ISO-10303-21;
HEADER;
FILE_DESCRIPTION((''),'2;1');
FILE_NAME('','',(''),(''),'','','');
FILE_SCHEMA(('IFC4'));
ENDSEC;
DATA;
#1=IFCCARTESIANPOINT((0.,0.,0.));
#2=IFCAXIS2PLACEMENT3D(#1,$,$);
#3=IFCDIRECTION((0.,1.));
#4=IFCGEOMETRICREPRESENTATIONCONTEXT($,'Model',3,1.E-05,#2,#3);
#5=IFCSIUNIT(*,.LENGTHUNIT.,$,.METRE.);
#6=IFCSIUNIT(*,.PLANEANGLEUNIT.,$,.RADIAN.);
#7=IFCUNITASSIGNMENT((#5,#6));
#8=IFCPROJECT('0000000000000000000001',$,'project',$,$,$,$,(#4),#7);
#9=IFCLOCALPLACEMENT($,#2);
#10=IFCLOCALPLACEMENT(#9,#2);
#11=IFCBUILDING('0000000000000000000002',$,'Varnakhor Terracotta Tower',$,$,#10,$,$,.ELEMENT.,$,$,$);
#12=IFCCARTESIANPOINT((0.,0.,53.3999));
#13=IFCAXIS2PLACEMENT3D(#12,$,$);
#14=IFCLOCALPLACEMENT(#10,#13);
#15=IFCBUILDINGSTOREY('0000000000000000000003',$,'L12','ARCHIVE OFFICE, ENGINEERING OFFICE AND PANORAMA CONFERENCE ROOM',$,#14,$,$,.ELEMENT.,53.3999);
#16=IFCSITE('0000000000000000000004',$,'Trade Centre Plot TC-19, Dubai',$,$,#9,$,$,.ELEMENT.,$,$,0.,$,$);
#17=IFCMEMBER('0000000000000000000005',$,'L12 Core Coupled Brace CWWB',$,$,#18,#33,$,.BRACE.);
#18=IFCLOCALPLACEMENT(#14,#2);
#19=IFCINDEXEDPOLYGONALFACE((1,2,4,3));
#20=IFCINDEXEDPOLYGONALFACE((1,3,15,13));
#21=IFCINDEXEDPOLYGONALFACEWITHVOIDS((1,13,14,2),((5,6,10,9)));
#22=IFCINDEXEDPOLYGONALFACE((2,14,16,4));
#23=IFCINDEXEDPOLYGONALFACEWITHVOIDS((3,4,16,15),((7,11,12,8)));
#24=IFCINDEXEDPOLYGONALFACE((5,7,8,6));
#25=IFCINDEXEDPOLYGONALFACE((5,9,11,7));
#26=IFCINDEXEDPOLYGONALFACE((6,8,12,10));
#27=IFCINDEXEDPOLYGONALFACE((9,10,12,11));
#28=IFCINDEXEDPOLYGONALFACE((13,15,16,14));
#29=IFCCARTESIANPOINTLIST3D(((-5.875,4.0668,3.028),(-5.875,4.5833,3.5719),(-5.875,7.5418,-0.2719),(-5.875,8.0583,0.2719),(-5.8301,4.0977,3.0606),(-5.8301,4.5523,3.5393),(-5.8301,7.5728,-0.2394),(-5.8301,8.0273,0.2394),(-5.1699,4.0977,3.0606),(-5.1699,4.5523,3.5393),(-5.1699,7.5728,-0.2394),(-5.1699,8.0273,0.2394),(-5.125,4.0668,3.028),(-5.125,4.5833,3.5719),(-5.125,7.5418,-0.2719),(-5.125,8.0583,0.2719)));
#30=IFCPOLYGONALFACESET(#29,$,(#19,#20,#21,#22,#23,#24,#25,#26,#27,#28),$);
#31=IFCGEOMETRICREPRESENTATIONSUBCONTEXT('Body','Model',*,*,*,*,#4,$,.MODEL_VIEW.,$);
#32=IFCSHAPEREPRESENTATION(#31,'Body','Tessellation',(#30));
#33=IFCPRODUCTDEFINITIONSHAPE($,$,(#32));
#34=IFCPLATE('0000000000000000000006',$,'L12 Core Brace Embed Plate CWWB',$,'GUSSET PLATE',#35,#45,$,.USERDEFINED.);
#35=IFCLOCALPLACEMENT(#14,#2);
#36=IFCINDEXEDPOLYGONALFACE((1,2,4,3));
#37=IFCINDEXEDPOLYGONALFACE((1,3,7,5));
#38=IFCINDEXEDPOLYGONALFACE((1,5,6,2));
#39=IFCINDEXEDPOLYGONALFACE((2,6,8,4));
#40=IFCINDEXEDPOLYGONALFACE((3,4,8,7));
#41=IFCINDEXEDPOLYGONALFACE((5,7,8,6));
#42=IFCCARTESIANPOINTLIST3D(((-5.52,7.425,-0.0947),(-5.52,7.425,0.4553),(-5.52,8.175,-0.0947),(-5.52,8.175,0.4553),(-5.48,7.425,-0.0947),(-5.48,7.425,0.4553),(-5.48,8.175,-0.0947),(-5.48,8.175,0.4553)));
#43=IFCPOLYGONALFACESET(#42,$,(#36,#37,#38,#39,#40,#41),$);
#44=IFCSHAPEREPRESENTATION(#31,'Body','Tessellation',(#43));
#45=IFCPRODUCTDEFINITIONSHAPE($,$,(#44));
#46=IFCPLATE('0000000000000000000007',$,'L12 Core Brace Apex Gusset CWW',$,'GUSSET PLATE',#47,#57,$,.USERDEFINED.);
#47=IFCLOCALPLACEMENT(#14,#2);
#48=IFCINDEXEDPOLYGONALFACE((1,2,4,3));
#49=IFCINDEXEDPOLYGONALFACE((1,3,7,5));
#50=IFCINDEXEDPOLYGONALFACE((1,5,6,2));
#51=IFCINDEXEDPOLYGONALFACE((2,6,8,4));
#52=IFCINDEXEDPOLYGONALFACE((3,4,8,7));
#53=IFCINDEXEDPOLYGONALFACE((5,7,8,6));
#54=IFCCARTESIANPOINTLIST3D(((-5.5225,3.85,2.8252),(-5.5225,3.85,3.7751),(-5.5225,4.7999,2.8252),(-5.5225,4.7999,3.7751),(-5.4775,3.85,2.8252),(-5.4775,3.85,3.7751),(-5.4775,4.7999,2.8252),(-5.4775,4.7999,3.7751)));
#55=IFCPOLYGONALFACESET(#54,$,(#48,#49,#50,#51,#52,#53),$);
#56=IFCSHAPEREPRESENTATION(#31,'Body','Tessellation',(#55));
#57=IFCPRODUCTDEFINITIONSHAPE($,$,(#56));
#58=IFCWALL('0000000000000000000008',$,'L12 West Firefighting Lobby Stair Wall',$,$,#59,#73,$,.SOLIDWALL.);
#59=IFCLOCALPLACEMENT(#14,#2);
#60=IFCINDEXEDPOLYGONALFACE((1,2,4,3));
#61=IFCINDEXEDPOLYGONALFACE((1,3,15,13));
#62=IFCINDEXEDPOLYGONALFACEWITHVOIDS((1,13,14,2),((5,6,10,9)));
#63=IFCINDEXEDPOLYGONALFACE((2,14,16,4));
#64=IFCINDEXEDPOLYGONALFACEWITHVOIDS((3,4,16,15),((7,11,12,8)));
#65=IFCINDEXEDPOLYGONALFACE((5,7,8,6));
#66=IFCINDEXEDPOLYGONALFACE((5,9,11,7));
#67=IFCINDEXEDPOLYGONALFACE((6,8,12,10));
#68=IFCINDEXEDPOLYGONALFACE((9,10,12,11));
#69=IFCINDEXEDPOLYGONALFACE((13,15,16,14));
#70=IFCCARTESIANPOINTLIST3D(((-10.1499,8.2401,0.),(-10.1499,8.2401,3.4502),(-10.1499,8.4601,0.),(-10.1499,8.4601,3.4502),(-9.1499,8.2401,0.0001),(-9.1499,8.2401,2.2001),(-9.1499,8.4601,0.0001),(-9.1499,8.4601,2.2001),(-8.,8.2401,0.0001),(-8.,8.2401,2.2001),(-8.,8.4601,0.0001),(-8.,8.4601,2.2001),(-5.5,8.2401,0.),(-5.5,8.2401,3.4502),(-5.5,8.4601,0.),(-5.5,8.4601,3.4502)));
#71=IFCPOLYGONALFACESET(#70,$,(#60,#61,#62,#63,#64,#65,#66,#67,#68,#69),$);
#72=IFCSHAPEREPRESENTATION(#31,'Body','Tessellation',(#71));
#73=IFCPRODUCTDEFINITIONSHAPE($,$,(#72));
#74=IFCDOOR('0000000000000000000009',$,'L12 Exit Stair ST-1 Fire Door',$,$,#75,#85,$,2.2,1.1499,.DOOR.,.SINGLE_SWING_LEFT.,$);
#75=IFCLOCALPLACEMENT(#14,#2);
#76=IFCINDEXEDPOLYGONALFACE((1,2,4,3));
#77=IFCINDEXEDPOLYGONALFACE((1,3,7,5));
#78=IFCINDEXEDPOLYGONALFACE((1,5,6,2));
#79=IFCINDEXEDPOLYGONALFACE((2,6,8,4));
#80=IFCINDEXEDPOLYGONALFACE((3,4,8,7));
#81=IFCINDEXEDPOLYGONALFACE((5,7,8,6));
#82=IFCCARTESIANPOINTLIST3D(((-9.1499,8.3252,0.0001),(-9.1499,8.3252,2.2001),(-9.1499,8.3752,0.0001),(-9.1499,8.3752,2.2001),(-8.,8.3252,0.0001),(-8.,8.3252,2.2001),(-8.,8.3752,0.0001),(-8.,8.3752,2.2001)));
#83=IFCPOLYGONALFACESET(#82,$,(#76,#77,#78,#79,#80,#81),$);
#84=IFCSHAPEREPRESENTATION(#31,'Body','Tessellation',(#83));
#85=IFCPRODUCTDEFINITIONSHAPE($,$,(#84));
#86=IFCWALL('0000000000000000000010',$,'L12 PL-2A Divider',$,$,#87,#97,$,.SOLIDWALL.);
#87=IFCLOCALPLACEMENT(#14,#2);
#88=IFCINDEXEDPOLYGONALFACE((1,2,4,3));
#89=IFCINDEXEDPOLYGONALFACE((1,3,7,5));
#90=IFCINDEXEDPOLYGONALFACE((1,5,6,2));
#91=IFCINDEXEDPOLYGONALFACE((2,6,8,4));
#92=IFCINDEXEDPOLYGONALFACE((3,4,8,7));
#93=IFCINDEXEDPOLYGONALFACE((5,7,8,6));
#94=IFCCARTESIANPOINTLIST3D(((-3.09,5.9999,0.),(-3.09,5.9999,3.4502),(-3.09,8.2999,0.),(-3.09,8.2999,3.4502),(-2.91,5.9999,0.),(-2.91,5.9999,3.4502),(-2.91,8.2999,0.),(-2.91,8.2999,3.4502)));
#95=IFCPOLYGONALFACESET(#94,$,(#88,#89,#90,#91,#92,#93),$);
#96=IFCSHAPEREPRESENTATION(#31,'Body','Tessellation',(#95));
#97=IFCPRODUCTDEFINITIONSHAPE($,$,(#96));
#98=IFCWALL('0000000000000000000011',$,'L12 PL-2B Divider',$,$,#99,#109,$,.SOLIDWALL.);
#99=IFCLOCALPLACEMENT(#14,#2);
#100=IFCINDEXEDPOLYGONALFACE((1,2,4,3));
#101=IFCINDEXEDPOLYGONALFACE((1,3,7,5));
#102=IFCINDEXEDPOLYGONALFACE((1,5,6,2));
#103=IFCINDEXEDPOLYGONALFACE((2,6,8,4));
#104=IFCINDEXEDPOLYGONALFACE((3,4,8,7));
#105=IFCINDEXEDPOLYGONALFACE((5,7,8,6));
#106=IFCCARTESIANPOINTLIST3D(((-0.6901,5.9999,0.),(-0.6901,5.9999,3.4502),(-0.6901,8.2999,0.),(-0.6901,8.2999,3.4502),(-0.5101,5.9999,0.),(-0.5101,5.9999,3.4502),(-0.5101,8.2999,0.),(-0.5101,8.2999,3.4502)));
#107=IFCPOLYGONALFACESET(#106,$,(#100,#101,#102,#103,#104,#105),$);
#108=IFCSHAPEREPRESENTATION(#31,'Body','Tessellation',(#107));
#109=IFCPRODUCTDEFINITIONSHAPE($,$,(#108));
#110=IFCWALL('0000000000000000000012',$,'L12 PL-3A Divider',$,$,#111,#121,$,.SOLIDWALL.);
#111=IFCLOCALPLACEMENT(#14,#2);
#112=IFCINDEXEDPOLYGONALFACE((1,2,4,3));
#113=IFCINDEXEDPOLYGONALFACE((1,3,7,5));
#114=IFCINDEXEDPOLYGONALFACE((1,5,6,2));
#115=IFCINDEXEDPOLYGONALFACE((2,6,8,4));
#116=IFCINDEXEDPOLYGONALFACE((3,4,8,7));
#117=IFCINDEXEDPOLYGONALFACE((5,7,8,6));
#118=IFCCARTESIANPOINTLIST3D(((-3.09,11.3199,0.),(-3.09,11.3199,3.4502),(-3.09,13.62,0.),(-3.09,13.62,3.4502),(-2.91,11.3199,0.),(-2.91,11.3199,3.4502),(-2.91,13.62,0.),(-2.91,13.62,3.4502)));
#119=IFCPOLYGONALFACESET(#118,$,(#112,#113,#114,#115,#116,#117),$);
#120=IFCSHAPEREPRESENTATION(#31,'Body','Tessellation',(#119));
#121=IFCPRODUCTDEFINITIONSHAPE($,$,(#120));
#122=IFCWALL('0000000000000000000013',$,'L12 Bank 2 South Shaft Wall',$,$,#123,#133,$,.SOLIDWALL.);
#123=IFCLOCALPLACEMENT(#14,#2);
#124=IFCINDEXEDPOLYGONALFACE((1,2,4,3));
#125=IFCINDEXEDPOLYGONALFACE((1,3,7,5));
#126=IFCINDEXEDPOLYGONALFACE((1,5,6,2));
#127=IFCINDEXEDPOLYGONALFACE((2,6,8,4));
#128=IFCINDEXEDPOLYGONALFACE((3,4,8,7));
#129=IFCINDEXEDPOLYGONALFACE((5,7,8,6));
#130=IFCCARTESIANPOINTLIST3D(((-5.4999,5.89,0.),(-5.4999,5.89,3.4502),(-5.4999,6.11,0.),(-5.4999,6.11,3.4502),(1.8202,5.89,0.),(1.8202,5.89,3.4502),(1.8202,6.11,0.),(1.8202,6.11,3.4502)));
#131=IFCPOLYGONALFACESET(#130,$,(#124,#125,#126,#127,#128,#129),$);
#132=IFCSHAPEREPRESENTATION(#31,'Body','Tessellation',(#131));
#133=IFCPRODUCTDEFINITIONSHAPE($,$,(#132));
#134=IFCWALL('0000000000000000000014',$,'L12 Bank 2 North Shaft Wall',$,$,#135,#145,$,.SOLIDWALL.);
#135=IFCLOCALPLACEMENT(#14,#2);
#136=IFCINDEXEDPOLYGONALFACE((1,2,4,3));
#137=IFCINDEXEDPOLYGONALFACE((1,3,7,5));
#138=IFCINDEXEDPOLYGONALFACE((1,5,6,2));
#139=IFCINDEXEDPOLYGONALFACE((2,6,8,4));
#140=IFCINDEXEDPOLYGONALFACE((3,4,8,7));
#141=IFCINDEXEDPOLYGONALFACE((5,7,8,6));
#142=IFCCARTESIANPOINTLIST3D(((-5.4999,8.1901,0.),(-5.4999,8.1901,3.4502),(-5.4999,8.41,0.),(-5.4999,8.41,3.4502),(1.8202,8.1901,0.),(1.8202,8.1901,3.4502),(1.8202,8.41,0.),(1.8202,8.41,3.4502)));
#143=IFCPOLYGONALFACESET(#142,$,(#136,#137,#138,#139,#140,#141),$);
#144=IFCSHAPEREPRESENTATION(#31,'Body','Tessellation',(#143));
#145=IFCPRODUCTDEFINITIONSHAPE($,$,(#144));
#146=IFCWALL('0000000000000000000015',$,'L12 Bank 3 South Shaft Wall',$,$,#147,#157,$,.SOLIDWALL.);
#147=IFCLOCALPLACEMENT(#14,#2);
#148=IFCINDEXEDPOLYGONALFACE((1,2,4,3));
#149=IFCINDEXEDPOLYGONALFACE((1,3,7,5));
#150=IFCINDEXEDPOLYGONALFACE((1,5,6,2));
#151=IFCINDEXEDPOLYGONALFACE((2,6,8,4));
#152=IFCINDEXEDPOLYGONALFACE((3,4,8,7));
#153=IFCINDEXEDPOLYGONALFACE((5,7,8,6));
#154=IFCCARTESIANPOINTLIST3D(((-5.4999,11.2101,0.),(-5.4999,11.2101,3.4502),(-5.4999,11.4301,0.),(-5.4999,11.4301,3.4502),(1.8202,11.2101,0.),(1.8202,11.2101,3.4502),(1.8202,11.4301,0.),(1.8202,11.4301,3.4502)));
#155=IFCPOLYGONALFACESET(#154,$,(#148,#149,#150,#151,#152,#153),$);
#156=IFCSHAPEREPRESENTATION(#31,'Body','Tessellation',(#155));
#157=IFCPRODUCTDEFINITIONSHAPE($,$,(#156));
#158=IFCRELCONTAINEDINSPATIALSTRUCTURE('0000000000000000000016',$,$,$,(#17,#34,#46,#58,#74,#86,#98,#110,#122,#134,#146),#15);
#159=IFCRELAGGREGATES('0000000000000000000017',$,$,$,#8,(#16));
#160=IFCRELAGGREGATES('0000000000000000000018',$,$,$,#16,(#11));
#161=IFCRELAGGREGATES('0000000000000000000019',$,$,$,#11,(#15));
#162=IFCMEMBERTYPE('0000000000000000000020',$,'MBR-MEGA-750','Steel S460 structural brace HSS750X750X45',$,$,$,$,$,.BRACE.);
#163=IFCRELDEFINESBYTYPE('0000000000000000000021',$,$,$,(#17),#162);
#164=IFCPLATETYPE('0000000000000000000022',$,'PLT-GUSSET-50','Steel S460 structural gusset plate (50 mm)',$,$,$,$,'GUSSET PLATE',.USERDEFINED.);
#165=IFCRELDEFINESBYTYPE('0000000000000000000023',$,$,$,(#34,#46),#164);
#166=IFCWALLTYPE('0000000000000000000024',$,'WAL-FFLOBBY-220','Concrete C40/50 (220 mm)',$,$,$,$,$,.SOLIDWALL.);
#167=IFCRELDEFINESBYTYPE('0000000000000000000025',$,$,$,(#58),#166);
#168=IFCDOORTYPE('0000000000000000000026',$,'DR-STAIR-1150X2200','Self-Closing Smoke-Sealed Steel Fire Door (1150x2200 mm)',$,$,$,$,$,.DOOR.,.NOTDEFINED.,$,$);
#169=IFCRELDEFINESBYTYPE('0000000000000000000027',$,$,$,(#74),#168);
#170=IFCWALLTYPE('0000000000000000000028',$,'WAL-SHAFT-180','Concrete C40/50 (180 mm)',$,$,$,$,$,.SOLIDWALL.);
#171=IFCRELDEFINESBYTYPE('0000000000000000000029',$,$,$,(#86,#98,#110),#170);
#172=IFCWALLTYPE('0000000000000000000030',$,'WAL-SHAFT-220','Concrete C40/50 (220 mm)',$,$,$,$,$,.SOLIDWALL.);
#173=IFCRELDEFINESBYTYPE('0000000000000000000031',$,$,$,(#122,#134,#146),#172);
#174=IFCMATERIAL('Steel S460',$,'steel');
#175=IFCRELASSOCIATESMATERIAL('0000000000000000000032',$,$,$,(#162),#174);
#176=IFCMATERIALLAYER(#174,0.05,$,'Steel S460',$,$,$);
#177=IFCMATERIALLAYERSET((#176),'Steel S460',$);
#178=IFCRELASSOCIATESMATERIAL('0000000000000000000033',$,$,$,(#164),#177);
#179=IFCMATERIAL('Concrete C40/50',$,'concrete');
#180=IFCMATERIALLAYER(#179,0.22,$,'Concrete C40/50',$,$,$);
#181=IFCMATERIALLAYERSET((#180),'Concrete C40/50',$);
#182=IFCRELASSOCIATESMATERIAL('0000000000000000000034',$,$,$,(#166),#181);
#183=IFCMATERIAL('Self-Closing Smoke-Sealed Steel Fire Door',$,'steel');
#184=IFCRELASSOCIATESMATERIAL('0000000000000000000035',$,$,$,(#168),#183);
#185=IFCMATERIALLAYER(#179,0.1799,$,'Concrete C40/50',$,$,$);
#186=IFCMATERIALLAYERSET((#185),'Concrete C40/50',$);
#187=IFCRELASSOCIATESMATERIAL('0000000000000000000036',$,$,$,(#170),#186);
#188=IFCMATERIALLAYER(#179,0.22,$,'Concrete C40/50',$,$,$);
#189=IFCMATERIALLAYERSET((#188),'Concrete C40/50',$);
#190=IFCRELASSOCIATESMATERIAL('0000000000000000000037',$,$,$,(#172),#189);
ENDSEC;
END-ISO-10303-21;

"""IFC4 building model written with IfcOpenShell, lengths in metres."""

from ifc_helpers import new_model, si_unit, direction, frame, frame_2d, origin, origin_2d, place, context, subcontext, project, spatial, rectangle, hollow_rectangle, extrude, source, transform, mapped, material, layer, layer_set, material_profile, profile_set, type_object, type_shapes, element, fill, save


model = new_model("IFC4")

# Units and contexts
model_context = context("Model", 3, precision=1e-05, world=origin(), true_north=direction((0.0, 1.0)))
body_context = subcontext(model_context, "Body", "Model", "MODEL_VIEW")
ifc_project = project(units=[si_unit("LENGTHUNIT", "METRE"), si_unit("PLANEANGLEUNIT", "RADIAN")], contexts=[model_context])

# Site, building, storey
site_placement = place(None, origin())
site = spatial("IfcSite", under=ifc_project, at=site_placement, Name="Trade Centre Plot TC-19, Dubai", CompositionType="ELEMENT", RefElevation=0.0)
building_placement = place(site_placement, origin())
building = spatial("IfcBuilding", under=site, at=building_placement, Name="Varnakhor Terracotta Tower", CompositionType="ELEMENT")
storey_placement = place(building_placement, frame((0.0, 0.0, 53.3999)))
storey = spatial("IfcBuildingStorey", under=building, at=storey_placement, Name="L12", Description="ARCHIVE OFFICE, ENGINEERING OFFICE AND PANORAMA CONFERENCE ROOM", CompositionType="ELEMENT", Elevation=53.3999)

# Member
ifc_material_1 = material(Name="Steel S460", Category="steel")
ifc_material_profile = material_profile(ifc_material_1, hollow_rectangle(XDim=0.75, YDim=0.75, WallThickness=0.0449, at=origin_2d()), Name="HSS750X750X45")
ifc_profile_set = profile_set([ifc_material_profile], Name="Steel S460")
member_type = type_object("IfcMemberType", Name="MBR-MEGA-750", Description="Steel S460 structural brace HSS750X750X45", PredefinedType="BRACE", material=ifc_profile_set)
shared_shape_1 = source(origin(), body_context, "Body", "SweptSolid", [
    extrude(hollow_rectangle(XDim=0.75, YDim=0.75, WallThickness=0.0449, at=origin_2d()), origin(), (0.0, 0.0, 1.0), 4.7922),
])
member_placement = place(storey_placement, frame((-5.5, 7.8, 0.0), z_axis=(0.0, -0.725134, 0.688608), x_axis=(1.0, 0.0, 0.0)))
element("IfcMember", 1, at=member_placement, inside=storey, type_object=member_type, Name="L12 Core Coupled Brace CWWB", PredefinedType="BRACE", context=body_context, shape_type="MappedRepresentation", body=[
    mapped(shared_shape_1, transform((0.0, 0.0, 0.0), scale=1.0)),
])

# Plates
ifc_layer_1 = layer(ifc_material_1, 0.05, Name="Steel S460")
ifc_layer_set_1 = layer_set([ifc_layer_1], Name="Steel S460")
plate_type = type_object("IfcPlateType", Name="PLT-GUSSET-50", Description="Steel S460 structural gusset plate (50 mm)", ElementType="GUSSET PLATE", PredefinedType="USERDEFINED", material=ifc_layer_set_1)
shared_shape_2 = source(origin(), body_context, "Body", "SweptSolid", [
    extrude(rectangle(XDim=0.75, YDim=0.04, at=origin_2d()), origin(), (0.0, 0.0, 1.0), 0.55),
])
type_shapes(plate_type, [shared_shape_2])
plate_1_placement = place(storey_placement, frame((-5.5, 7.8, -0.0947), z_axis=(0.0, 0.0, 1.0), x_axis=(0.0, 1.0, 0.0)))
element("IfcPlate", 2, at=plate_1_placement, inside=storey, type_object=plate_type, Name="L12 Core Brace Embed Plate CWWB", ObjectType="GUSSET PLATE", PredefinedType="USERDEFINED", context=body_context, shape_type="MappedRepresentation", body=[
    mapped(shared_shape_2, transform((0.0, 0.0, 0.0), scale=1.0)),
])
shared_shape_3 = source(origin(), body_context, "Body", "SweptSolid", [
    extrude(rectangle(XDim=0.95, YDim=0.0449, at=origin_2d()), origin(), (0.0, 0.0, 1.0), 0.95),
])
plate_2_placement = place(storey_placement, frame((-5.5, 4.325, 2.8252), z_axis=(0.0, 0.0, 1.0), x_axis=(0.0, 1.0, 0.0)))
element("IfcPlate", 3, at=plate_2_placement, inside=storey, type_object=plate_type, Name="L12 Core Brace Apex Gusset CWW", ObjectType="GUSSET PLATE", PredefinedType="USERDEFINED", context=body_context, shape_type="MappedRepresentation", body=[
    mapped(shared_shape_3, transform((0.0, 0.0, 0.0), scale=1.0)),
])

# Wall, opening, door
ifc_material_2 = material(Name="Concrete C40/50", Category="concrete")
ifc_layer_2 = layer(ifc_material_2, 0.22, Name="Concrete C40/50")
ifc_layer_set_2 = layer_set([ifc_layer_2], Name="Concrete C40/50")
wall_type_1 = type_object("IfcWallType", Name="WAL-FFLOBBY-220", Description="Concrete C40/50 (220 mm)", PredefinedType="SOLIDWALL", material=ifc_layer_set_2)
wall_placement = place(storey_placement, frame((-5.5, 8.3501, 0.0), z_axis=(0.0, 0.0, 1.0), x_axis=(-1.0, 0.0, 0.0)))
wall = element("IfcWall", 4, at=wall_placement, inside=storey, type_object=wall_type_1, Name="L12 West Firefighting Lobby Stair Wall", PredefinedType="SOLIDWALL", context=body_context, shape_type="SweptSolid", body=[
    extrude(rectangle(XDim=4.6499, YDim=0.22, at=frame_2d((2.325, 0.0))), origin(), (0.0, 0.0, 1.0), 3.4502),
])
opening_placement = place(wall_placement, frame((2.5, 0.0, 0.0)))
opening = element("IfcOpeningElement", 5, at=opening_placement, cuts=wall, PredefinedType="OPENING", context=body_context, shape_type="SweptSolid", body=[
    extrude(rectangle(XDim=1.1499, YDim=2.2, at=frame_2d((0.575, 1.1001))), frame((0.0, 0.1201, 0.0), z_axis=(0.0, -1.0, 0.0), x_axis=(1.0, 0.0, 0.0)), (0.0, 0.0, 1.0), 0.24),
])
ifc_material_3 = material(Name="Self-Closing Smoke-Sealed Steel Fire Door", Category="steel")
door_type = type_object("IfcDoorType", Name="DR-STAIR-1150X2200", Description="Self-Closing Smoke-Sealed Steel Fire Door (1150x2200 mm)", OperationType="NOTDEFINED", PredefinedType="DOOR", material=ifc_material_3)
shared_shape_4 = source(origin(), body_context, "Body", "SweptSolid", [
    extrude(rectangle(XDim=1.1499, YDim=2.2, at=frame_2d((0.575, 1.1001))), frame((0.0, 0.0249, 0.0), z_axis=(0.0, -1.0, 0.0), x_axis=(1.0, 0.0, 0.0)), (0.0, 0.0, 1.0), 0.05),
])
type_shapes(door_type, [shared_shape_4])
door_placement = place(opening_placement, origin())
door = element("IfcDoor", 6, at=door_placement, inside=storey, type_object=door_type, Name="L12 Exit Stair ST-1 Fire Door", OperationType="SINGLE_SWING_LEFT", OverallHeight=2.2, OverallWidth=1.1499, PredefinedType="DOOR", context=body_context, shape_type="MappedRepresentation", body=[
    mapped(shared_shape_4, transform((0.0, 0.0, 0.0), scale=1.0)),
])
fill(opening, door)

# Walls
ifc_layer_3 = layer(ifc_material_2, 0.1799, Name="Concrete C40/50")
ifc_layer_set_3 = layer_set([ifc_layer_3], Name="Concrete C40/50")
wall_type_2 = type_object("IfcWallType", Name="WAL-SHAFT-180", Description="Concrete C40/50 (180 mm)", PredefinedType="SOLIDWALL", material=ifc_layer_set_3)
for number, where, z_axis, x_axis, name in (
    (7, (-3.0, 6.0, 0.0), (0.0, 0.0, 1.0), (0.0, 1.0, 0.0), "L12 PL-2A Divider"),
    (8, (-0.6001, 6.0, 0.0), (0.0, 0.0, 1.0), (0.0, 1.0, 0.0), "L12 PL-2B Divider"),
    (9, (-3.0, 11.3201, 0.0), (0.0, 0.0, 1.0), (0.0, 1.0, 0.0), "L12 PL-3A Divider"),
):
    element("IfcWall", number, at=place(storey_placement, frame(where, z_axis=z_axis, x_axis=x_axis)), inside=storey, type_object=wall_type_2, Name=name, PredefinedType="SOLIDWALL", context=body_context, shape_type="SweptSolid", body=[
        extrude(rectangle(XDim=2.3, YDim=0.1799, at=frame_2d((1.1499, 0.0))), origin(), (0.0, 0.0, 1.0), 3.4502),
    ])
ifc_layer_4 = layer(ifc_material_2, 0.22, Name="Concrete C40/50")
ifc_layer_set_4 = layer_set([ifc_layer_4], Name="Concrete C40/50")
wall_type_3 = type_object("IfcWallType", Name="WAL-SHAFT-220", Description="Concrete C40/50 (220 mm)", PredefinedType="SOLIDWALL", material=ifc_layer_set_4)
for number, where, z_axis, x_axis, name in (
    (10, (-5.5, 6.0, 0.0), (0.0, 0.0, 1.0), (1.0, 0.0, 0.0), "L12 Bank 2 South Shaft Wall"),
    (11, (-5.5, 8.3, 0.0), (0.0, 0.0, 1.0), (1.0, 0.0, 0.0), "L12 Bank 2 North Shaft Wall"),
    (12, (-5.5, 11.3201, 0.0), (0.0, 0.0, 1.0), (1.0, 0.0, 0.0), "L12 Bank 3 South Shaft Wall"),
):
    element("IfcWall", number, at=place(storey_placement, frame(where, z_axis=z_axis, x_axis=x_axis)), inside=storey, type_object=wall_type_3, Name=name, PredefinedType="SOLIDWALL", context=body_context, shape_type="SweptSolid", body=[
        extrude(rectangle(XDim=7.3201, YDim=0.22, at=frame_2d((3.6602, 0.0))), origin(), (0.0, 0.0, 1.0), 3.4502),
    ])

save(model, "model.ifc")
